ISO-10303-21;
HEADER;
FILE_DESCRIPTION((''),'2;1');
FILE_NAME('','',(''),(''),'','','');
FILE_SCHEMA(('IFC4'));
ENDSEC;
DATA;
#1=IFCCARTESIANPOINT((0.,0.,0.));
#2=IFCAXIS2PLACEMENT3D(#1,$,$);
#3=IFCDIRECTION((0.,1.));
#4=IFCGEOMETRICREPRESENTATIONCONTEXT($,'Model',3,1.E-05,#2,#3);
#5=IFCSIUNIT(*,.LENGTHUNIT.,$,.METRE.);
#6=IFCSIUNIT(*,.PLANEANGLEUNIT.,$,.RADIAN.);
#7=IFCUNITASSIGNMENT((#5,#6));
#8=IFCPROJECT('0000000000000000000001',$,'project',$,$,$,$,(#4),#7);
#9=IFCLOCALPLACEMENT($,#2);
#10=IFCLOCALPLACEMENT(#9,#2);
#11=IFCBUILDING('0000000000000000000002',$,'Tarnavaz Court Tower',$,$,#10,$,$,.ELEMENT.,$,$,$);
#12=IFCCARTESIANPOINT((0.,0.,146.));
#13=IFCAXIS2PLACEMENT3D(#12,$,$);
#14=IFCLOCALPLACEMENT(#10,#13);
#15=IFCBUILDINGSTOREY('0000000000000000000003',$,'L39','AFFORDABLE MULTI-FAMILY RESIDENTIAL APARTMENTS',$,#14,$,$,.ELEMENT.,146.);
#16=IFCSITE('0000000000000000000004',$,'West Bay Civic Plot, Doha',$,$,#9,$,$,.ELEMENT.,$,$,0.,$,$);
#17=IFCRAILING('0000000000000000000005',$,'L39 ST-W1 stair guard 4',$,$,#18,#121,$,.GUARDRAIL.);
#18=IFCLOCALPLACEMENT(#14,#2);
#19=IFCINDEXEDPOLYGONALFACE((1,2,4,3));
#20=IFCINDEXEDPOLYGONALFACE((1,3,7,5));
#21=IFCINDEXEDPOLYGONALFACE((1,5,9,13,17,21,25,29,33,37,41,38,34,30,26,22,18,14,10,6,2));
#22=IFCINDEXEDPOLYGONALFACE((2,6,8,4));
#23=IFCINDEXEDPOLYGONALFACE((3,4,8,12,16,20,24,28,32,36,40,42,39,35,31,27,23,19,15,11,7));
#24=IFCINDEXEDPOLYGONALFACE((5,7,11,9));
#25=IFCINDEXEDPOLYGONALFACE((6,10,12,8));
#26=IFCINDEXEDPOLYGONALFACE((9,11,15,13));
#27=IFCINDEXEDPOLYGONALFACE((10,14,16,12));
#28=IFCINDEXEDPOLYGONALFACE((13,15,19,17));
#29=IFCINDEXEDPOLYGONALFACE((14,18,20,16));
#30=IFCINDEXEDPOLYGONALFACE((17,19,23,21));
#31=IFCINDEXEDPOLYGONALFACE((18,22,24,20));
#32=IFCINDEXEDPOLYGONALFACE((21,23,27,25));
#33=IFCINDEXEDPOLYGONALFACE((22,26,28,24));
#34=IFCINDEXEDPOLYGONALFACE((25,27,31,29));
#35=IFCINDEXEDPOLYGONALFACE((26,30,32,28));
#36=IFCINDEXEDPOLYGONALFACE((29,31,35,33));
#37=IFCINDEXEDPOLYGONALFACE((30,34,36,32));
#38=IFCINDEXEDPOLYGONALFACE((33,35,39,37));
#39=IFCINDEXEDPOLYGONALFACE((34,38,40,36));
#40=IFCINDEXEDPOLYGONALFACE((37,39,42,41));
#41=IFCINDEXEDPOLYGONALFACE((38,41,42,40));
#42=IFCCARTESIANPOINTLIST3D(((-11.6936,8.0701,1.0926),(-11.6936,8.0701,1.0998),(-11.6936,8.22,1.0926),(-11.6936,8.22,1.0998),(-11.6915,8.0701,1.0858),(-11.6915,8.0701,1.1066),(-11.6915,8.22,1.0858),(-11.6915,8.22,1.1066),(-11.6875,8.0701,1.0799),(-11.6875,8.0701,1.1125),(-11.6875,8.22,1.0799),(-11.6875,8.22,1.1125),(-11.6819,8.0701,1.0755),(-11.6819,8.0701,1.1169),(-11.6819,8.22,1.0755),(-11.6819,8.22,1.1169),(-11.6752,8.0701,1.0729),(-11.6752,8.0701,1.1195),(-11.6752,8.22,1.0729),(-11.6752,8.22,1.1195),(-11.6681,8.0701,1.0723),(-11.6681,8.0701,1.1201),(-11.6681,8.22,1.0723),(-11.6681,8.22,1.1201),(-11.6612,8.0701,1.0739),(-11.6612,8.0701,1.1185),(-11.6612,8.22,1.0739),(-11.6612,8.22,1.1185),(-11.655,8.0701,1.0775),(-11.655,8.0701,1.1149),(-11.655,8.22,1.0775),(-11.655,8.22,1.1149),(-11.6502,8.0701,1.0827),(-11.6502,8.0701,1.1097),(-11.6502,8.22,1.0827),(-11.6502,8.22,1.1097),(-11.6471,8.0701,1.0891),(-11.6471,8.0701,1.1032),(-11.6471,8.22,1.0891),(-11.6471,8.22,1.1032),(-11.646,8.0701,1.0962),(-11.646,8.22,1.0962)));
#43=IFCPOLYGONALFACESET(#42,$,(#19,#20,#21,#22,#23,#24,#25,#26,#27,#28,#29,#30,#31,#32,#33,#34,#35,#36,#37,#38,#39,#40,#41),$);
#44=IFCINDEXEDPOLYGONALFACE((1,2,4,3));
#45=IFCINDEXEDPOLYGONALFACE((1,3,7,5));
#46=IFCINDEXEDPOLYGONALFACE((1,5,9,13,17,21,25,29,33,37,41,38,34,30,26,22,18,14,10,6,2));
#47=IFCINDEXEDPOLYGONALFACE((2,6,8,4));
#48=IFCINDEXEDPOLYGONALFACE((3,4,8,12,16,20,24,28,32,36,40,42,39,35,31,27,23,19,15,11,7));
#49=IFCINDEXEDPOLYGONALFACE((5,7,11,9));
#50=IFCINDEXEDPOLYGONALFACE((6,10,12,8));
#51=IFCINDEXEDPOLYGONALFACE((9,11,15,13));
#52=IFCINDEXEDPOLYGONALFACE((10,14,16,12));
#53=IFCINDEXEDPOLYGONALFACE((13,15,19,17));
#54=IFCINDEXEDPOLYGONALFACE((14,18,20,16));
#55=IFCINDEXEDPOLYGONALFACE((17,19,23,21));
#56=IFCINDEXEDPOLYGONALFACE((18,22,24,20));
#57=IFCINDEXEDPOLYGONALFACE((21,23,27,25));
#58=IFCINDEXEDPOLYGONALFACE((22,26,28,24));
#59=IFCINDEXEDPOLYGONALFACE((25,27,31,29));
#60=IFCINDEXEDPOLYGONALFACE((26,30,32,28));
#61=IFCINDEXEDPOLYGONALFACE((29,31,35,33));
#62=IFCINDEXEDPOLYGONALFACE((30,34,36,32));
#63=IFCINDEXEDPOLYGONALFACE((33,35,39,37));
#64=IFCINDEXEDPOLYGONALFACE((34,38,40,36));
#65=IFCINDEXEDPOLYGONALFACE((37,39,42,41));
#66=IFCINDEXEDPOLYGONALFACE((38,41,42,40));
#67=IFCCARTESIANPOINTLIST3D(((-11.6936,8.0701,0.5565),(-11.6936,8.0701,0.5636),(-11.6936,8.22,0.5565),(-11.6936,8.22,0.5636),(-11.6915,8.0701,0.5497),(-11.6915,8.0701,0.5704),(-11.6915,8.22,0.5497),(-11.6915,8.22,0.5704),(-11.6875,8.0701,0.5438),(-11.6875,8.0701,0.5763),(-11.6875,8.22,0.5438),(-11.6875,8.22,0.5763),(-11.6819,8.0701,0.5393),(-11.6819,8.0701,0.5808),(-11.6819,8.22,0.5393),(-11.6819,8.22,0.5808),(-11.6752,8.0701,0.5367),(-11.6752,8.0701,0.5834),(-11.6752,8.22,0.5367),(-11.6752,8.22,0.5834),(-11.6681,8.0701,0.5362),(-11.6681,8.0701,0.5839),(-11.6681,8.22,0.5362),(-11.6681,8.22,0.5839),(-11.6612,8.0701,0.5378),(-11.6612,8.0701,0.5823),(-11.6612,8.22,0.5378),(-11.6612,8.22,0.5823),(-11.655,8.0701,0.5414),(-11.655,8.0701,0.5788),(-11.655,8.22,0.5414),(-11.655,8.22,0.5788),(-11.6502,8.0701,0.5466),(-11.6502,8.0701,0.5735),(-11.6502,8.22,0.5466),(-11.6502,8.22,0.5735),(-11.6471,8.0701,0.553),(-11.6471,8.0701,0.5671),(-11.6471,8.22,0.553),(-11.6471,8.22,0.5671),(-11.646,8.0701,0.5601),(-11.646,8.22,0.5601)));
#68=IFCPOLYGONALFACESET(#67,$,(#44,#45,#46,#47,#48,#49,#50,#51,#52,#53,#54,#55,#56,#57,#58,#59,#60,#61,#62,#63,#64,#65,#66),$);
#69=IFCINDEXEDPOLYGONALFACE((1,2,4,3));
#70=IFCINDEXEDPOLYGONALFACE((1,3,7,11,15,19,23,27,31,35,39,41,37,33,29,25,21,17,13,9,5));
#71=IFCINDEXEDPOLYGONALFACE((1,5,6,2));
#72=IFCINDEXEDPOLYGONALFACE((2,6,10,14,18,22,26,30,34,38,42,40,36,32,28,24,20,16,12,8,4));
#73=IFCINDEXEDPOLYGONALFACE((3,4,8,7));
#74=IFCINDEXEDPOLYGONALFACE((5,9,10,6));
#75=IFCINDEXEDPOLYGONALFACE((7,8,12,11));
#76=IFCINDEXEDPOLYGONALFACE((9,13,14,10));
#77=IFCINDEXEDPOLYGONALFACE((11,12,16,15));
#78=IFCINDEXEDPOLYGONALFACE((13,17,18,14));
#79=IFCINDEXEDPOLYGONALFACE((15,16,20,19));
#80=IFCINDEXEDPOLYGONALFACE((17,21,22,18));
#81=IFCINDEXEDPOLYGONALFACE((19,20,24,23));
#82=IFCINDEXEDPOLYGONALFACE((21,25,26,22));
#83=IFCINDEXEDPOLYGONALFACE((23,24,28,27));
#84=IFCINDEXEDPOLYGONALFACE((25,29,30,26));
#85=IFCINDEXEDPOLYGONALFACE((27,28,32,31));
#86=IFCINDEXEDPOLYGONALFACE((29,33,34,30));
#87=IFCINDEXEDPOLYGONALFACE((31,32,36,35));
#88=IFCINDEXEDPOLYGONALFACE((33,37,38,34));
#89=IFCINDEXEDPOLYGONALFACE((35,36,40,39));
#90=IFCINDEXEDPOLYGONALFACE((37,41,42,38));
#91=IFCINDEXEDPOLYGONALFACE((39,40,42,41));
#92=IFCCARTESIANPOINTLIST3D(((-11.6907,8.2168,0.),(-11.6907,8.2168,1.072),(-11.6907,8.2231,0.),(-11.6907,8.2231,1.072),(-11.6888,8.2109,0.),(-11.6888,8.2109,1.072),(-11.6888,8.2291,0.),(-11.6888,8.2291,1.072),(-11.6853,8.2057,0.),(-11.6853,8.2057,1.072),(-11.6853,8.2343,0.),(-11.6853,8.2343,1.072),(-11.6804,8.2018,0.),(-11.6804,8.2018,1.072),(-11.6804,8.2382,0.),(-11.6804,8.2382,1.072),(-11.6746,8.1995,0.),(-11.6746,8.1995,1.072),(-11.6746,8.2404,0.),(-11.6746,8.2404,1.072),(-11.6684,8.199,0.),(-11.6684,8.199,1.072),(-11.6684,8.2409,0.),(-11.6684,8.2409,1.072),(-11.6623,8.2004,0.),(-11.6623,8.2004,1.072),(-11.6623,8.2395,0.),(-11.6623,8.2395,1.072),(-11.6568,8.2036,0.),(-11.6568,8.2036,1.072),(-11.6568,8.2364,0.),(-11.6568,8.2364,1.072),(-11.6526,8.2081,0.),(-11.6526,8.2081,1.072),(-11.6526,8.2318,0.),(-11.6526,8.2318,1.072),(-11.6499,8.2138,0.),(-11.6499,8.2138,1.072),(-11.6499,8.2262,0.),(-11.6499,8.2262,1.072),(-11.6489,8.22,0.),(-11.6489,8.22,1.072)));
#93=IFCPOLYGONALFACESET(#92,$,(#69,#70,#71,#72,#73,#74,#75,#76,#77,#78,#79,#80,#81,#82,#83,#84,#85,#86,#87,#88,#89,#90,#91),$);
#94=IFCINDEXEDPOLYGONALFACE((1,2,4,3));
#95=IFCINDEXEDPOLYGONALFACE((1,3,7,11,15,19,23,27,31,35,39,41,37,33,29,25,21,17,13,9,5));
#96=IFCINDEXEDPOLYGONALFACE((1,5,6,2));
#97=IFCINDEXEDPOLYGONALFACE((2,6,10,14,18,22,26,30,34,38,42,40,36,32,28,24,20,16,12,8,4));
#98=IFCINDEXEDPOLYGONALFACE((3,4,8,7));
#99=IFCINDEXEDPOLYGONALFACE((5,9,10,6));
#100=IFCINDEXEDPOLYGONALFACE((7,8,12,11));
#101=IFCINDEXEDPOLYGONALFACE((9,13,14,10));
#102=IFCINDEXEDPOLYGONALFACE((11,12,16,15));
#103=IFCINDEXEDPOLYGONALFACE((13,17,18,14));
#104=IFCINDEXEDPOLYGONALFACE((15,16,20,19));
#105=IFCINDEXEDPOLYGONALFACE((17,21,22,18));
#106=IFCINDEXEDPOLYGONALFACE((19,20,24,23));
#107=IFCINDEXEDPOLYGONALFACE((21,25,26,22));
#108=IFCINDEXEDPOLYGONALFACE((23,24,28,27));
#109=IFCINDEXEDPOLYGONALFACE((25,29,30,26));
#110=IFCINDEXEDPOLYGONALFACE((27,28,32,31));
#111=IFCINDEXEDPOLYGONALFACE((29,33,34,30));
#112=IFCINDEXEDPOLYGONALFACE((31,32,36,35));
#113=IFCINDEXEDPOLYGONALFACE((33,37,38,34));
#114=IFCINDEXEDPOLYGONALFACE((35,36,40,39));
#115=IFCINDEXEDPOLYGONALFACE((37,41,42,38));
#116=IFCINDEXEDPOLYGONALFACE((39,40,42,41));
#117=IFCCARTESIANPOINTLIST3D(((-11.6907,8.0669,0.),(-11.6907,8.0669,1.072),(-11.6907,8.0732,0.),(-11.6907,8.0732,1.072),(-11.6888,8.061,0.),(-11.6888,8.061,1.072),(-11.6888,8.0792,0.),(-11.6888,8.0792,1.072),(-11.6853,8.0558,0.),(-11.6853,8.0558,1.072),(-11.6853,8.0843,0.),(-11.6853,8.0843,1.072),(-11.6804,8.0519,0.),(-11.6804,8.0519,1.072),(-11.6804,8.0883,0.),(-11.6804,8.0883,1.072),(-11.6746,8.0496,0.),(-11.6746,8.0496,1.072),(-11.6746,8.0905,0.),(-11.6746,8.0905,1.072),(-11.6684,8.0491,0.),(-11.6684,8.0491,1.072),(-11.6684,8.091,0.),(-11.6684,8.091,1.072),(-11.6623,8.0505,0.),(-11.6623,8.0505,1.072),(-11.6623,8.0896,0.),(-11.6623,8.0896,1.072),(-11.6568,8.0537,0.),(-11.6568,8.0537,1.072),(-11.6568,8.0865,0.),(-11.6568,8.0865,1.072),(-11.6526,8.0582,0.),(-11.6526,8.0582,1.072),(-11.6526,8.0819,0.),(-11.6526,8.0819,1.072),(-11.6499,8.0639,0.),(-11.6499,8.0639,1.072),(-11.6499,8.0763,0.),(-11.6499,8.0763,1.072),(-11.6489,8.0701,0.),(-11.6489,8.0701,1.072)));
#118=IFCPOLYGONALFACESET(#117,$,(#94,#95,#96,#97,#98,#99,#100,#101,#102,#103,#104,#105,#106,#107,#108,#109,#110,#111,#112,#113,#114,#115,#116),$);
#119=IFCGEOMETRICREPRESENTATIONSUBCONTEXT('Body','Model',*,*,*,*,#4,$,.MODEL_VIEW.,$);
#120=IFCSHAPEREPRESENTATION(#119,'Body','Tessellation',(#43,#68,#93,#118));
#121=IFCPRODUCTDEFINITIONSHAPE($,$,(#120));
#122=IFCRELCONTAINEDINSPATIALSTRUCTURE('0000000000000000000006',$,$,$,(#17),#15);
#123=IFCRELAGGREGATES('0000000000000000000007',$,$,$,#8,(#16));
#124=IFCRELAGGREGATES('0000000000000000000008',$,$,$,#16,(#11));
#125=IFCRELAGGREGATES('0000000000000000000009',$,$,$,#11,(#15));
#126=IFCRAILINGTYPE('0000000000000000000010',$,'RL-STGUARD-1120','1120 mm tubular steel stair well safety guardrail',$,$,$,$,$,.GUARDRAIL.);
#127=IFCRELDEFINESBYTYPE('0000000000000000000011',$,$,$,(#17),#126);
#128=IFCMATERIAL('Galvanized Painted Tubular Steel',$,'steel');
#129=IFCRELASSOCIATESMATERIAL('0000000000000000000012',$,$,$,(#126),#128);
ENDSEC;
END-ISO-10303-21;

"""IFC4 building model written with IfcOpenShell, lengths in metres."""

from ifc_helpers import new_model, si_unit, direction, frame, origin, origin_2d, place, context, subcontext, project, spatial, circle, extrude, material, type_object, element, save


model = new_model("IFC4")

# Units and contexts
model_context = context("Model", 3, precision=1e-05, world=origin(), true_north=direction((0.0, 1.0)))
body_context = subcontext(model_context, "Body", "Model", "MODEL_VIEW")
ifc_project = project(units=[si_unit("LENGTHUNIT", "METRE"), si_unit("PLANEANGLEUNIT", "RADIAN")], contexts=[model_context])

# Site, building, storey
site_placement = place(None, origin())
site = spatial("IfcSite", under=ifc_project, at=site_placement, Name="West Bay Civic Plot, Doha", CompositionType="ELEMENT", RefElevation=0.0)
building_placement = place(site_placement, origin())
building = spatial("IfcBuilding", under=site, at=building_placement, Name="Tarnavaz Court Tower", CompositionType="ELEMENT")
storey_placement = place(building_placement, frame((0.0, 0.0, 146.0)))
storey = spatial("IfcBuildingStorey", under=building, at=storey_placement, Name="L39", Description="AFFORDABLE MULTI-FAMILY RESIDENTIAL APARTMENTS", CompositionType="ELEMENT", Elevation=146.0)

# Railing
ifc_material_1 = material(Name="Galvanized Painted Tubular Steel", Category="steel")
railing_type_1 = type_object("IfcRailingType", Name="RL-STGUARD-1120", Description="1120 mm tubular steel stair well safety guardrail", PredefinedType="GUARDRAIL", material=ifc_material_1)
railing_1_placement = place(storey_placement, frame((-11.6699, 8.22, 0.0)))
element("IfcRailing", 1, at=railing_1_placement, inside=storey, type_object=railing_type_1, Name="L39 ST-W1 stair guard 4", PredefinedType="GUARDRAIL", context=body_context, shape_type="SweptSolid", body=[
    extrude(circle(Radius=0.0239, at=origin_2d()), frame((0.0, 0.0, 1.0962), z_axis=(0.0, -1.0, 0.0), x_axis=(1.0, 0.0, 0.0)), (0.0, 0.0, 1.0), 0.1499),
    extrude(circle(Radius=0.0239, at=origin_2d()), frame((0.0, 0.0, 0.5601), z_axis=(0.0, -1.0, 0.0), x_axis=(1.0, 0.0, 0.0)), (0.0, 0.0, 1.0), 0.1499),
    extrude(circle(Radius=0.021, at=origin_2d()), origin(), (0.0, 0.0, 1.0), 1.072),
    extrude(circle(Radius=0.021, at=origin_2d()), frame((0.0, -0.1499, 0.0)), (0.0, 0.0, 1.0), 1.072),
])

save(model, "model.ifc")
